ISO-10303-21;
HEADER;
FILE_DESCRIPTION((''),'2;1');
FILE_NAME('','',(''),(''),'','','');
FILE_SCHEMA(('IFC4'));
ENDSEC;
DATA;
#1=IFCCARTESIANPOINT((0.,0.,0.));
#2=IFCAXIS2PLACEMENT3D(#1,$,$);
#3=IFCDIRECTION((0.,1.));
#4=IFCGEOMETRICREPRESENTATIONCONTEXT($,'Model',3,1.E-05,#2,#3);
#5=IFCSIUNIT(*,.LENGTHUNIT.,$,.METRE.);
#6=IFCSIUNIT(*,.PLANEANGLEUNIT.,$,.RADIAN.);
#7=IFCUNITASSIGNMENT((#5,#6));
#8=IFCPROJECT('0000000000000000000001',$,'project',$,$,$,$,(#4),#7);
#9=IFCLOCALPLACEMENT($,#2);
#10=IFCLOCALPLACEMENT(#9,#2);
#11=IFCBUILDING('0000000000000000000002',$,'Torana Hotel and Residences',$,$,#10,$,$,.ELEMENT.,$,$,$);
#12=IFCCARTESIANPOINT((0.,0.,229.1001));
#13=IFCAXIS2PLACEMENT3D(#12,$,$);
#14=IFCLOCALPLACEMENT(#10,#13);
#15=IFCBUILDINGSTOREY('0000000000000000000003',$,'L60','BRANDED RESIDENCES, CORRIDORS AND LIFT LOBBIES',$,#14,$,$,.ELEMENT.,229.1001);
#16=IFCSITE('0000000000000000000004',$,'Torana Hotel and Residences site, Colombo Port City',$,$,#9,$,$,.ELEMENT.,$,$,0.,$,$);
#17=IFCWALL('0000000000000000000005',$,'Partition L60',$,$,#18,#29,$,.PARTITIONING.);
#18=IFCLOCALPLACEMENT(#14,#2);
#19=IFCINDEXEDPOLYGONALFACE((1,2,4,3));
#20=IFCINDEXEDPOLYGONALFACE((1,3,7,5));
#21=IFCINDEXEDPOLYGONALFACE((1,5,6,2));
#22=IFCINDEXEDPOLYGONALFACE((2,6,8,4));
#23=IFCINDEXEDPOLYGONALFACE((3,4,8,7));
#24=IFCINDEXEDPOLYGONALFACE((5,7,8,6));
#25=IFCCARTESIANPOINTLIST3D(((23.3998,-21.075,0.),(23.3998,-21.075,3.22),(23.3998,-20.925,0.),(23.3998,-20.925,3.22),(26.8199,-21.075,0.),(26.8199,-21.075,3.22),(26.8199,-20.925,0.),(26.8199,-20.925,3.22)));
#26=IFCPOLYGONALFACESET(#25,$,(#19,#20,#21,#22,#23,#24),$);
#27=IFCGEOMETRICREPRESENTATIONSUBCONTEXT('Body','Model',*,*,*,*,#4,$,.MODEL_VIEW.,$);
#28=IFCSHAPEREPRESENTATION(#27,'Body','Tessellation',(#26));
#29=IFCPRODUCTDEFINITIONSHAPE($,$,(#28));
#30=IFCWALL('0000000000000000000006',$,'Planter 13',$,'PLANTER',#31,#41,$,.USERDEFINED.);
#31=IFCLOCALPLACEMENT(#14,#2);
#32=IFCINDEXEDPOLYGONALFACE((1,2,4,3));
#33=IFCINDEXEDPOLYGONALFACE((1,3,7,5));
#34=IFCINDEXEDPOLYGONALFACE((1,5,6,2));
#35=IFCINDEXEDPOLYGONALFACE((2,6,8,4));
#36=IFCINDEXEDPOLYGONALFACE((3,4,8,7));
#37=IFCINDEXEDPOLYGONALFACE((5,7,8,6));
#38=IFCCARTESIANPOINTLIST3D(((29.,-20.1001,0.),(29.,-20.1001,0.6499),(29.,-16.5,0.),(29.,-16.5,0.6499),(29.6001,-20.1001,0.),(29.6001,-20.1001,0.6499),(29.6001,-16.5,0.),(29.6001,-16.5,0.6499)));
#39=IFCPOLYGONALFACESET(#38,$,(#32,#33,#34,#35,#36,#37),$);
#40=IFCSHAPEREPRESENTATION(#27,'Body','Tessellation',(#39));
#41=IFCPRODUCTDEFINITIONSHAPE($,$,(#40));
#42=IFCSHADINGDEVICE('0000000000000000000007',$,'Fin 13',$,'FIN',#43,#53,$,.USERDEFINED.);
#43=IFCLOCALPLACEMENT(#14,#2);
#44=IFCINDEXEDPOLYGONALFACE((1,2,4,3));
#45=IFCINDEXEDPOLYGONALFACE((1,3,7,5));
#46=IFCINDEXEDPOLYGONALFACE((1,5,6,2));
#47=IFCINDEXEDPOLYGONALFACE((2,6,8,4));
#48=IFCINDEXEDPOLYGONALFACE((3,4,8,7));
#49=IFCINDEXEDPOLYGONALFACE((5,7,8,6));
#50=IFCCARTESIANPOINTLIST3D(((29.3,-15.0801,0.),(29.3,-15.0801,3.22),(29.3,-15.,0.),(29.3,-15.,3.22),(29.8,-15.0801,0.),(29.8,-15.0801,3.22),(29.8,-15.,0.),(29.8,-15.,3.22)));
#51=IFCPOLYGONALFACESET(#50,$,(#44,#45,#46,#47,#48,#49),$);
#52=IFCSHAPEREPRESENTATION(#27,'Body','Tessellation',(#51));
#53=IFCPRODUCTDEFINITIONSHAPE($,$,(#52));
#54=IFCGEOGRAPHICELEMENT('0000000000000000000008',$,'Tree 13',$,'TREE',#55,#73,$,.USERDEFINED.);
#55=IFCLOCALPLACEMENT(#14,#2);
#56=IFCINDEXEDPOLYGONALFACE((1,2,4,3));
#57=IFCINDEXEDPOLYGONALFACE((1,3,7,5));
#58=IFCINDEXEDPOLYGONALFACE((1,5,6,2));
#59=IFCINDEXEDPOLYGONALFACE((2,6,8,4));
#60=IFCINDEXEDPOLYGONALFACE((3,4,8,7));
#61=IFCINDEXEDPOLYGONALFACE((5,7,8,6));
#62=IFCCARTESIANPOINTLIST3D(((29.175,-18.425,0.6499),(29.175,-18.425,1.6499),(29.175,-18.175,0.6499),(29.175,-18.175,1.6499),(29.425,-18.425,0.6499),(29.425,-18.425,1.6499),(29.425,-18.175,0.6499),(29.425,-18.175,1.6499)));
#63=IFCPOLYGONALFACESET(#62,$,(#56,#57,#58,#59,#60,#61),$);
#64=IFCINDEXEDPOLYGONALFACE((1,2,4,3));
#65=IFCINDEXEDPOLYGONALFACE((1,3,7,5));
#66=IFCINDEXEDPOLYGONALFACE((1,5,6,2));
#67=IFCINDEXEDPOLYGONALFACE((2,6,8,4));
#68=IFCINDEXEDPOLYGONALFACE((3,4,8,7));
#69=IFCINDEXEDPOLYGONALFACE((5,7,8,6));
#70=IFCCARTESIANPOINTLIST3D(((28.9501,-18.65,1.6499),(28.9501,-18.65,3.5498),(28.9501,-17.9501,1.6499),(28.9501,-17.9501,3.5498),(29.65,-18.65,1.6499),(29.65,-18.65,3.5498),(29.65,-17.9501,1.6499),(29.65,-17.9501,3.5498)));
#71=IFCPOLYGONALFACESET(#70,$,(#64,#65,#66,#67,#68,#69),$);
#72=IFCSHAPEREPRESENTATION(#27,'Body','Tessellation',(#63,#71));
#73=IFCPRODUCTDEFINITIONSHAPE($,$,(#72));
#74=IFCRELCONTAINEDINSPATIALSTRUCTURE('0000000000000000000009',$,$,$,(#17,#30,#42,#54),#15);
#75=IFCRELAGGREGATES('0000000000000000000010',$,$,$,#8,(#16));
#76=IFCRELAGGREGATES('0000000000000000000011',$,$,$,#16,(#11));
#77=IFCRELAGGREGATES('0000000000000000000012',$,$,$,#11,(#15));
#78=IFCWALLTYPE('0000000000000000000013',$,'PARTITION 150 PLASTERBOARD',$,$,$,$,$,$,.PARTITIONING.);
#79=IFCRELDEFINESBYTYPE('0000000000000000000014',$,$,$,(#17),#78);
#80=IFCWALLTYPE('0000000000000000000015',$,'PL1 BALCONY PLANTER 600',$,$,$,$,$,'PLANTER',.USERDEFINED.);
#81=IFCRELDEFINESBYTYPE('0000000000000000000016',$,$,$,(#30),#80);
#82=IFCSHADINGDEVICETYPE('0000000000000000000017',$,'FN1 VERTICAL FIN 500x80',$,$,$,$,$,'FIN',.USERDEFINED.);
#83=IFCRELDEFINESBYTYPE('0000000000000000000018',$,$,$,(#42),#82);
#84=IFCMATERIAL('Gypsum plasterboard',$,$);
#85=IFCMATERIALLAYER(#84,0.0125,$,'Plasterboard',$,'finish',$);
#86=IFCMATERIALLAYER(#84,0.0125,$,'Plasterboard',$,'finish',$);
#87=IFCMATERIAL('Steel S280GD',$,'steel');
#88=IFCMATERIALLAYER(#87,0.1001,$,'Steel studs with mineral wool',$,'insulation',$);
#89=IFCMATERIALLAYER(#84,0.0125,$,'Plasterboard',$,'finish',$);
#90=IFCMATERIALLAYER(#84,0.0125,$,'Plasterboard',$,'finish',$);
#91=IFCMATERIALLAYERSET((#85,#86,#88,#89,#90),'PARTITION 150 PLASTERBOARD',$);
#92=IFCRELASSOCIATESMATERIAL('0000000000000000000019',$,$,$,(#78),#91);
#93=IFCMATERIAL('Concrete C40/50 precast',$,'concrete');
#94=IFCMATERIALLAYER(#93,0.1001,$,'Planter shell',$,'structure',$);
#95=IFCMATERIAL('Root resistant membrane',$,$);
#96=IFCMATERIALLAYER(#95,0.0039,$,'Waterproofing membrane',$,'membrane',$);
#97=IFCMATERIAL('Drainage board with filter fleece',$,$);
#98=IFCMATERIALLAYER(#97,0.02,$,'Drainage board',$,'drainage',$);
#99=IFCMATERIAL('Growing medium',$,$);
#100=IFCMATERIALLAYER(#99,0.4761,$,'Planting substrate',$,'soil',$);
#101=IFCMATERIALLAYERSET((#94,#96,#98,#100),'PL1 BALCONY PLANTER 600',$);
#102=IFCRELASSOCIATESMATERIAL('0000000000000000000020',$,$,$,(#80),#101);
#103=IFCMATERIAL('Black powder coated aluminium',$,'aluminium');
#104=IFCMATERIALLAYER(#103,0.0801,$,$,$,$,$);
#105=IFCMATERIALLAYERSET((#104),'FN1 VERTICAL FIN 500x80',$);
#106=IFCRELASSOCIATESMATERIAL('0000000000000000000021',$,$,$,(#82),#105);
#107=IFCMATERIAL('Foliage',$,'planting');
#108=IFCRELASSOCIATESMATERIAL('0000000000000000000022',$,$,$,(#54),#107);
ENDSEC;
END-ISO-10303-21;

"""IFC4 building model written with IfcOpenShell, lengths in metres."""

from ifc_helpers import new_model, si_unit, direction, frame, frame_2d, origin, origin_2d, place, context, subcontext, project, spatial, rectangle, extrude, material, layer, layer_set, type_object, element, save


model = new_model("IFC4")

# Units and contexts
model_context = context("Model", 3, precision=1e-05, world=origin(), true_north=direction((0.0, 1.0)))
body_context = subcontext(model_context, "Body", "Model", "MODEL_VIEW")
ifc_project = project(units=[si_unit("LENGTHUNIT", "METRE"), si_unit("PLANEANGLEUNIT", "RADIAN")], contexts=[model_context])

# Site, building, storey
site_placement = place(None, origin())
site = spatial("IfcSite", under=ifc_project, at=site_placement, Name="Torana Hotel and Residences site, Colombo Port City", CompositionType="ELEMENT", RefElevation=0.0)
building_placement = place(site_placement, origin())
building = spatial("IfcBuilding", under=site, at=building_placement, Name="Torana Hotel and Residences", CompositionType="ELEMENT")
storey_placement = place(building_placement, frame((0.0, 0.0, 229.1001)))
storey = spatial("IfcBuildingStorey", under=building, at=storey_placement, Name="L60", Description="BRANDED RESIDENCES, CORRIDORS AND LIFT LOBBIES", CompositionType="ELEMENT", Elevation=229.1001)

# Walls
ifc_material_1 = material(Name="Gypsum plasterboard")
ifc_layer_1 = layer(ifc_material_1, 0.0125, Name="Plasterboard", Category="finish")
ifc_layer_2 = layer(ifc_material_1, 0.0125, Name="Plasterboard", Category="finish")
ifc_material_2 = material(Name="Steel S280GD", Category="steel")
ifc_layer_3 = layer(ifc_material_2, 0.1001, Name="Steel studs with mineral wool", Category="insulation")
ifc_layer_4 = layer(ifc_material_1, 0.0125, Name="Plasterboard", Category="finish")
ifc_layer_5 = layer(ifc_material_1, 0.0125, Name="Plasterboard", Category="finish")
ifc_layer_set_1 = layer_set([ifc_layer_1, ifc_layer_2, ifc_layer_3, ifc_layer_4, ifc_layer_5], Name="PARTITION 150 PLASTERBOARD")
wall_type_1 = type_object("IfcWallType", Name="PARTITION 150 PLASTERBOARD", PredefinedType="PARTITIONING", material=ifc_layer_set_1)
wall_1_placement = place(storey_placement, frame((23.3999, -21.0, 0.0), z_axis=(0.0, 0.0, 1.0), x_axis=(1.0, 0.0, 0.0)))
element("IfcWall", 1, at=wall_1_placement, inside=storey, type_object=wall_type_1, Name="Partition L60", PredefinedType="PARTITIONING", context=body_context, shape_type="SweptSolid", body=[
    extrude(rectangle(XDim=3.4202, YDim=0.1499, at=frame_2d((1.71, 0.0))), origin(), (0.0, 0.0, 1.0), 3.22),
])
ifc_material_3 = material(Name="Concrete C40/50 precast", Category="concrete")
ifc_layer_6 = layer(ifc_material_3, 0.1001, Name="Planter shell", Category="structure")
ifc_material_4 = material(Name="Root resistant membrane")
ifc_layer_7 = layer(ifc_material_4, 0.0039, Name="Waterproofing membrane", Category="membrane")
ifc_material_5 = material(Name="Drainage board with filter fleece")
ifc_layer_8 = layer(ifc_material_5, 0.02, Name="Drainage board", Category="drainage")
ifc_material_6 = material(Name="Growing medium")
ifc_layer_9 = layer(ifc_material_6, 0.4761, Name="Planting substrate", Category="soil")
ifc_layer_set_2 = layer_set([ifc_layer_6, ifc_layer_7, ifc_layer_8, ifc_layer_9], Name="PL1 BALCONY PLANTER 600")
wall_type_2 = type_object("IfcWallType", Name="PL1 BALCONY PLANTER 600", ElementType="PLANTER", PredefinedType="USERDEFINED", material=ifc_layer_set_2)
wall_2_placement = place(storey_placement, frame((29.3, -16.5, 0.0), z_axis=(0.0, 0.0, 1.0), x_axis=(0.0, -1.0, 0.0)))
element("IfcWall", 2, at=wall_2_placement, inside=storey, type_object=wall_type_2, Name="Planter 13", ObjectType="PLANTER", PredefinedType="USERDEFINED", context=body_context, shape_type="SweptSolid", body=[
    extrude(rectangle(XDim=3.6001, YDim=0.6001, at=frame_2d((1.8, 0.0))), origin(), (0.0, 0.0, 1.0), 0.6499),
])

# Shading device
ifc_material_7 = material(Name="Black powder coated aluminium", Category="aluminium")
ifc_layer_10 = layer(ifc_material_7, 0.0801)
ifc_layer_set_3 = layer_set([ifc_layer_10], Name="FN1 VERTICAL FIN 500x80")
shading_device_type = type_object("IfcShadingDeviceType", Name="FN1 VERTICAL FIN 500x80", ElementType="FIN", PredefinedType="USERDEFINED", material=ifc_layer_set_3)
shading_device_placement = place(storey_placement, frame((29.55, -15.04, 0.0), z_axis=(0.0, 0.0, 1.0), x_axis=(0.0, -1.0, 0.0)))
element("IfcShadingDevice", 3, at=shading_device_placement, inside=storey, type_object=shading_device_type, Name="Fin 13", ObjectType="FIN", PredefinedType="USERDEFINED", context=body_context, shape_type="SweptSolid", body=[
    extrude(rectangle(XDim=0.0801, YDim=0.5, at=origin_2d()), origin(), (0.0, 0.0, 1.0), 3.22),
])

# Geographic element
ifc_material_8 = material(Name="Foliage", Category="planting")
geographic_element_placement = place(storey_placement, frame((29.3, -18.3, 0.6499), z_axis=(0.0, 0.0, 1.0), x_axis=(1.0, 0.0, 0.0)))
element("IfcGeographicElement", 4, at=geographic_element_placement, inside=storey, material=ifc_material_8, Name="Tree 13", ObjectType="TREE", PredefinedType="USERDEFINED", context=body_context, shape_type="SweptSolid", body=[
    extrude(rectangle(XDim=0.25, YDim=0.25, at=origin_2d()), origin(), (0.0, 0.0, 1.0), 1.0),
    extrude(rectangle(XDim=0.7, YDim=0.7, at=origin_2d()), frame((0.0, 0.0, 1.0)), (0.0, 0.0, 1.0), 1.8999),
])

save(model, "model.ifc")
